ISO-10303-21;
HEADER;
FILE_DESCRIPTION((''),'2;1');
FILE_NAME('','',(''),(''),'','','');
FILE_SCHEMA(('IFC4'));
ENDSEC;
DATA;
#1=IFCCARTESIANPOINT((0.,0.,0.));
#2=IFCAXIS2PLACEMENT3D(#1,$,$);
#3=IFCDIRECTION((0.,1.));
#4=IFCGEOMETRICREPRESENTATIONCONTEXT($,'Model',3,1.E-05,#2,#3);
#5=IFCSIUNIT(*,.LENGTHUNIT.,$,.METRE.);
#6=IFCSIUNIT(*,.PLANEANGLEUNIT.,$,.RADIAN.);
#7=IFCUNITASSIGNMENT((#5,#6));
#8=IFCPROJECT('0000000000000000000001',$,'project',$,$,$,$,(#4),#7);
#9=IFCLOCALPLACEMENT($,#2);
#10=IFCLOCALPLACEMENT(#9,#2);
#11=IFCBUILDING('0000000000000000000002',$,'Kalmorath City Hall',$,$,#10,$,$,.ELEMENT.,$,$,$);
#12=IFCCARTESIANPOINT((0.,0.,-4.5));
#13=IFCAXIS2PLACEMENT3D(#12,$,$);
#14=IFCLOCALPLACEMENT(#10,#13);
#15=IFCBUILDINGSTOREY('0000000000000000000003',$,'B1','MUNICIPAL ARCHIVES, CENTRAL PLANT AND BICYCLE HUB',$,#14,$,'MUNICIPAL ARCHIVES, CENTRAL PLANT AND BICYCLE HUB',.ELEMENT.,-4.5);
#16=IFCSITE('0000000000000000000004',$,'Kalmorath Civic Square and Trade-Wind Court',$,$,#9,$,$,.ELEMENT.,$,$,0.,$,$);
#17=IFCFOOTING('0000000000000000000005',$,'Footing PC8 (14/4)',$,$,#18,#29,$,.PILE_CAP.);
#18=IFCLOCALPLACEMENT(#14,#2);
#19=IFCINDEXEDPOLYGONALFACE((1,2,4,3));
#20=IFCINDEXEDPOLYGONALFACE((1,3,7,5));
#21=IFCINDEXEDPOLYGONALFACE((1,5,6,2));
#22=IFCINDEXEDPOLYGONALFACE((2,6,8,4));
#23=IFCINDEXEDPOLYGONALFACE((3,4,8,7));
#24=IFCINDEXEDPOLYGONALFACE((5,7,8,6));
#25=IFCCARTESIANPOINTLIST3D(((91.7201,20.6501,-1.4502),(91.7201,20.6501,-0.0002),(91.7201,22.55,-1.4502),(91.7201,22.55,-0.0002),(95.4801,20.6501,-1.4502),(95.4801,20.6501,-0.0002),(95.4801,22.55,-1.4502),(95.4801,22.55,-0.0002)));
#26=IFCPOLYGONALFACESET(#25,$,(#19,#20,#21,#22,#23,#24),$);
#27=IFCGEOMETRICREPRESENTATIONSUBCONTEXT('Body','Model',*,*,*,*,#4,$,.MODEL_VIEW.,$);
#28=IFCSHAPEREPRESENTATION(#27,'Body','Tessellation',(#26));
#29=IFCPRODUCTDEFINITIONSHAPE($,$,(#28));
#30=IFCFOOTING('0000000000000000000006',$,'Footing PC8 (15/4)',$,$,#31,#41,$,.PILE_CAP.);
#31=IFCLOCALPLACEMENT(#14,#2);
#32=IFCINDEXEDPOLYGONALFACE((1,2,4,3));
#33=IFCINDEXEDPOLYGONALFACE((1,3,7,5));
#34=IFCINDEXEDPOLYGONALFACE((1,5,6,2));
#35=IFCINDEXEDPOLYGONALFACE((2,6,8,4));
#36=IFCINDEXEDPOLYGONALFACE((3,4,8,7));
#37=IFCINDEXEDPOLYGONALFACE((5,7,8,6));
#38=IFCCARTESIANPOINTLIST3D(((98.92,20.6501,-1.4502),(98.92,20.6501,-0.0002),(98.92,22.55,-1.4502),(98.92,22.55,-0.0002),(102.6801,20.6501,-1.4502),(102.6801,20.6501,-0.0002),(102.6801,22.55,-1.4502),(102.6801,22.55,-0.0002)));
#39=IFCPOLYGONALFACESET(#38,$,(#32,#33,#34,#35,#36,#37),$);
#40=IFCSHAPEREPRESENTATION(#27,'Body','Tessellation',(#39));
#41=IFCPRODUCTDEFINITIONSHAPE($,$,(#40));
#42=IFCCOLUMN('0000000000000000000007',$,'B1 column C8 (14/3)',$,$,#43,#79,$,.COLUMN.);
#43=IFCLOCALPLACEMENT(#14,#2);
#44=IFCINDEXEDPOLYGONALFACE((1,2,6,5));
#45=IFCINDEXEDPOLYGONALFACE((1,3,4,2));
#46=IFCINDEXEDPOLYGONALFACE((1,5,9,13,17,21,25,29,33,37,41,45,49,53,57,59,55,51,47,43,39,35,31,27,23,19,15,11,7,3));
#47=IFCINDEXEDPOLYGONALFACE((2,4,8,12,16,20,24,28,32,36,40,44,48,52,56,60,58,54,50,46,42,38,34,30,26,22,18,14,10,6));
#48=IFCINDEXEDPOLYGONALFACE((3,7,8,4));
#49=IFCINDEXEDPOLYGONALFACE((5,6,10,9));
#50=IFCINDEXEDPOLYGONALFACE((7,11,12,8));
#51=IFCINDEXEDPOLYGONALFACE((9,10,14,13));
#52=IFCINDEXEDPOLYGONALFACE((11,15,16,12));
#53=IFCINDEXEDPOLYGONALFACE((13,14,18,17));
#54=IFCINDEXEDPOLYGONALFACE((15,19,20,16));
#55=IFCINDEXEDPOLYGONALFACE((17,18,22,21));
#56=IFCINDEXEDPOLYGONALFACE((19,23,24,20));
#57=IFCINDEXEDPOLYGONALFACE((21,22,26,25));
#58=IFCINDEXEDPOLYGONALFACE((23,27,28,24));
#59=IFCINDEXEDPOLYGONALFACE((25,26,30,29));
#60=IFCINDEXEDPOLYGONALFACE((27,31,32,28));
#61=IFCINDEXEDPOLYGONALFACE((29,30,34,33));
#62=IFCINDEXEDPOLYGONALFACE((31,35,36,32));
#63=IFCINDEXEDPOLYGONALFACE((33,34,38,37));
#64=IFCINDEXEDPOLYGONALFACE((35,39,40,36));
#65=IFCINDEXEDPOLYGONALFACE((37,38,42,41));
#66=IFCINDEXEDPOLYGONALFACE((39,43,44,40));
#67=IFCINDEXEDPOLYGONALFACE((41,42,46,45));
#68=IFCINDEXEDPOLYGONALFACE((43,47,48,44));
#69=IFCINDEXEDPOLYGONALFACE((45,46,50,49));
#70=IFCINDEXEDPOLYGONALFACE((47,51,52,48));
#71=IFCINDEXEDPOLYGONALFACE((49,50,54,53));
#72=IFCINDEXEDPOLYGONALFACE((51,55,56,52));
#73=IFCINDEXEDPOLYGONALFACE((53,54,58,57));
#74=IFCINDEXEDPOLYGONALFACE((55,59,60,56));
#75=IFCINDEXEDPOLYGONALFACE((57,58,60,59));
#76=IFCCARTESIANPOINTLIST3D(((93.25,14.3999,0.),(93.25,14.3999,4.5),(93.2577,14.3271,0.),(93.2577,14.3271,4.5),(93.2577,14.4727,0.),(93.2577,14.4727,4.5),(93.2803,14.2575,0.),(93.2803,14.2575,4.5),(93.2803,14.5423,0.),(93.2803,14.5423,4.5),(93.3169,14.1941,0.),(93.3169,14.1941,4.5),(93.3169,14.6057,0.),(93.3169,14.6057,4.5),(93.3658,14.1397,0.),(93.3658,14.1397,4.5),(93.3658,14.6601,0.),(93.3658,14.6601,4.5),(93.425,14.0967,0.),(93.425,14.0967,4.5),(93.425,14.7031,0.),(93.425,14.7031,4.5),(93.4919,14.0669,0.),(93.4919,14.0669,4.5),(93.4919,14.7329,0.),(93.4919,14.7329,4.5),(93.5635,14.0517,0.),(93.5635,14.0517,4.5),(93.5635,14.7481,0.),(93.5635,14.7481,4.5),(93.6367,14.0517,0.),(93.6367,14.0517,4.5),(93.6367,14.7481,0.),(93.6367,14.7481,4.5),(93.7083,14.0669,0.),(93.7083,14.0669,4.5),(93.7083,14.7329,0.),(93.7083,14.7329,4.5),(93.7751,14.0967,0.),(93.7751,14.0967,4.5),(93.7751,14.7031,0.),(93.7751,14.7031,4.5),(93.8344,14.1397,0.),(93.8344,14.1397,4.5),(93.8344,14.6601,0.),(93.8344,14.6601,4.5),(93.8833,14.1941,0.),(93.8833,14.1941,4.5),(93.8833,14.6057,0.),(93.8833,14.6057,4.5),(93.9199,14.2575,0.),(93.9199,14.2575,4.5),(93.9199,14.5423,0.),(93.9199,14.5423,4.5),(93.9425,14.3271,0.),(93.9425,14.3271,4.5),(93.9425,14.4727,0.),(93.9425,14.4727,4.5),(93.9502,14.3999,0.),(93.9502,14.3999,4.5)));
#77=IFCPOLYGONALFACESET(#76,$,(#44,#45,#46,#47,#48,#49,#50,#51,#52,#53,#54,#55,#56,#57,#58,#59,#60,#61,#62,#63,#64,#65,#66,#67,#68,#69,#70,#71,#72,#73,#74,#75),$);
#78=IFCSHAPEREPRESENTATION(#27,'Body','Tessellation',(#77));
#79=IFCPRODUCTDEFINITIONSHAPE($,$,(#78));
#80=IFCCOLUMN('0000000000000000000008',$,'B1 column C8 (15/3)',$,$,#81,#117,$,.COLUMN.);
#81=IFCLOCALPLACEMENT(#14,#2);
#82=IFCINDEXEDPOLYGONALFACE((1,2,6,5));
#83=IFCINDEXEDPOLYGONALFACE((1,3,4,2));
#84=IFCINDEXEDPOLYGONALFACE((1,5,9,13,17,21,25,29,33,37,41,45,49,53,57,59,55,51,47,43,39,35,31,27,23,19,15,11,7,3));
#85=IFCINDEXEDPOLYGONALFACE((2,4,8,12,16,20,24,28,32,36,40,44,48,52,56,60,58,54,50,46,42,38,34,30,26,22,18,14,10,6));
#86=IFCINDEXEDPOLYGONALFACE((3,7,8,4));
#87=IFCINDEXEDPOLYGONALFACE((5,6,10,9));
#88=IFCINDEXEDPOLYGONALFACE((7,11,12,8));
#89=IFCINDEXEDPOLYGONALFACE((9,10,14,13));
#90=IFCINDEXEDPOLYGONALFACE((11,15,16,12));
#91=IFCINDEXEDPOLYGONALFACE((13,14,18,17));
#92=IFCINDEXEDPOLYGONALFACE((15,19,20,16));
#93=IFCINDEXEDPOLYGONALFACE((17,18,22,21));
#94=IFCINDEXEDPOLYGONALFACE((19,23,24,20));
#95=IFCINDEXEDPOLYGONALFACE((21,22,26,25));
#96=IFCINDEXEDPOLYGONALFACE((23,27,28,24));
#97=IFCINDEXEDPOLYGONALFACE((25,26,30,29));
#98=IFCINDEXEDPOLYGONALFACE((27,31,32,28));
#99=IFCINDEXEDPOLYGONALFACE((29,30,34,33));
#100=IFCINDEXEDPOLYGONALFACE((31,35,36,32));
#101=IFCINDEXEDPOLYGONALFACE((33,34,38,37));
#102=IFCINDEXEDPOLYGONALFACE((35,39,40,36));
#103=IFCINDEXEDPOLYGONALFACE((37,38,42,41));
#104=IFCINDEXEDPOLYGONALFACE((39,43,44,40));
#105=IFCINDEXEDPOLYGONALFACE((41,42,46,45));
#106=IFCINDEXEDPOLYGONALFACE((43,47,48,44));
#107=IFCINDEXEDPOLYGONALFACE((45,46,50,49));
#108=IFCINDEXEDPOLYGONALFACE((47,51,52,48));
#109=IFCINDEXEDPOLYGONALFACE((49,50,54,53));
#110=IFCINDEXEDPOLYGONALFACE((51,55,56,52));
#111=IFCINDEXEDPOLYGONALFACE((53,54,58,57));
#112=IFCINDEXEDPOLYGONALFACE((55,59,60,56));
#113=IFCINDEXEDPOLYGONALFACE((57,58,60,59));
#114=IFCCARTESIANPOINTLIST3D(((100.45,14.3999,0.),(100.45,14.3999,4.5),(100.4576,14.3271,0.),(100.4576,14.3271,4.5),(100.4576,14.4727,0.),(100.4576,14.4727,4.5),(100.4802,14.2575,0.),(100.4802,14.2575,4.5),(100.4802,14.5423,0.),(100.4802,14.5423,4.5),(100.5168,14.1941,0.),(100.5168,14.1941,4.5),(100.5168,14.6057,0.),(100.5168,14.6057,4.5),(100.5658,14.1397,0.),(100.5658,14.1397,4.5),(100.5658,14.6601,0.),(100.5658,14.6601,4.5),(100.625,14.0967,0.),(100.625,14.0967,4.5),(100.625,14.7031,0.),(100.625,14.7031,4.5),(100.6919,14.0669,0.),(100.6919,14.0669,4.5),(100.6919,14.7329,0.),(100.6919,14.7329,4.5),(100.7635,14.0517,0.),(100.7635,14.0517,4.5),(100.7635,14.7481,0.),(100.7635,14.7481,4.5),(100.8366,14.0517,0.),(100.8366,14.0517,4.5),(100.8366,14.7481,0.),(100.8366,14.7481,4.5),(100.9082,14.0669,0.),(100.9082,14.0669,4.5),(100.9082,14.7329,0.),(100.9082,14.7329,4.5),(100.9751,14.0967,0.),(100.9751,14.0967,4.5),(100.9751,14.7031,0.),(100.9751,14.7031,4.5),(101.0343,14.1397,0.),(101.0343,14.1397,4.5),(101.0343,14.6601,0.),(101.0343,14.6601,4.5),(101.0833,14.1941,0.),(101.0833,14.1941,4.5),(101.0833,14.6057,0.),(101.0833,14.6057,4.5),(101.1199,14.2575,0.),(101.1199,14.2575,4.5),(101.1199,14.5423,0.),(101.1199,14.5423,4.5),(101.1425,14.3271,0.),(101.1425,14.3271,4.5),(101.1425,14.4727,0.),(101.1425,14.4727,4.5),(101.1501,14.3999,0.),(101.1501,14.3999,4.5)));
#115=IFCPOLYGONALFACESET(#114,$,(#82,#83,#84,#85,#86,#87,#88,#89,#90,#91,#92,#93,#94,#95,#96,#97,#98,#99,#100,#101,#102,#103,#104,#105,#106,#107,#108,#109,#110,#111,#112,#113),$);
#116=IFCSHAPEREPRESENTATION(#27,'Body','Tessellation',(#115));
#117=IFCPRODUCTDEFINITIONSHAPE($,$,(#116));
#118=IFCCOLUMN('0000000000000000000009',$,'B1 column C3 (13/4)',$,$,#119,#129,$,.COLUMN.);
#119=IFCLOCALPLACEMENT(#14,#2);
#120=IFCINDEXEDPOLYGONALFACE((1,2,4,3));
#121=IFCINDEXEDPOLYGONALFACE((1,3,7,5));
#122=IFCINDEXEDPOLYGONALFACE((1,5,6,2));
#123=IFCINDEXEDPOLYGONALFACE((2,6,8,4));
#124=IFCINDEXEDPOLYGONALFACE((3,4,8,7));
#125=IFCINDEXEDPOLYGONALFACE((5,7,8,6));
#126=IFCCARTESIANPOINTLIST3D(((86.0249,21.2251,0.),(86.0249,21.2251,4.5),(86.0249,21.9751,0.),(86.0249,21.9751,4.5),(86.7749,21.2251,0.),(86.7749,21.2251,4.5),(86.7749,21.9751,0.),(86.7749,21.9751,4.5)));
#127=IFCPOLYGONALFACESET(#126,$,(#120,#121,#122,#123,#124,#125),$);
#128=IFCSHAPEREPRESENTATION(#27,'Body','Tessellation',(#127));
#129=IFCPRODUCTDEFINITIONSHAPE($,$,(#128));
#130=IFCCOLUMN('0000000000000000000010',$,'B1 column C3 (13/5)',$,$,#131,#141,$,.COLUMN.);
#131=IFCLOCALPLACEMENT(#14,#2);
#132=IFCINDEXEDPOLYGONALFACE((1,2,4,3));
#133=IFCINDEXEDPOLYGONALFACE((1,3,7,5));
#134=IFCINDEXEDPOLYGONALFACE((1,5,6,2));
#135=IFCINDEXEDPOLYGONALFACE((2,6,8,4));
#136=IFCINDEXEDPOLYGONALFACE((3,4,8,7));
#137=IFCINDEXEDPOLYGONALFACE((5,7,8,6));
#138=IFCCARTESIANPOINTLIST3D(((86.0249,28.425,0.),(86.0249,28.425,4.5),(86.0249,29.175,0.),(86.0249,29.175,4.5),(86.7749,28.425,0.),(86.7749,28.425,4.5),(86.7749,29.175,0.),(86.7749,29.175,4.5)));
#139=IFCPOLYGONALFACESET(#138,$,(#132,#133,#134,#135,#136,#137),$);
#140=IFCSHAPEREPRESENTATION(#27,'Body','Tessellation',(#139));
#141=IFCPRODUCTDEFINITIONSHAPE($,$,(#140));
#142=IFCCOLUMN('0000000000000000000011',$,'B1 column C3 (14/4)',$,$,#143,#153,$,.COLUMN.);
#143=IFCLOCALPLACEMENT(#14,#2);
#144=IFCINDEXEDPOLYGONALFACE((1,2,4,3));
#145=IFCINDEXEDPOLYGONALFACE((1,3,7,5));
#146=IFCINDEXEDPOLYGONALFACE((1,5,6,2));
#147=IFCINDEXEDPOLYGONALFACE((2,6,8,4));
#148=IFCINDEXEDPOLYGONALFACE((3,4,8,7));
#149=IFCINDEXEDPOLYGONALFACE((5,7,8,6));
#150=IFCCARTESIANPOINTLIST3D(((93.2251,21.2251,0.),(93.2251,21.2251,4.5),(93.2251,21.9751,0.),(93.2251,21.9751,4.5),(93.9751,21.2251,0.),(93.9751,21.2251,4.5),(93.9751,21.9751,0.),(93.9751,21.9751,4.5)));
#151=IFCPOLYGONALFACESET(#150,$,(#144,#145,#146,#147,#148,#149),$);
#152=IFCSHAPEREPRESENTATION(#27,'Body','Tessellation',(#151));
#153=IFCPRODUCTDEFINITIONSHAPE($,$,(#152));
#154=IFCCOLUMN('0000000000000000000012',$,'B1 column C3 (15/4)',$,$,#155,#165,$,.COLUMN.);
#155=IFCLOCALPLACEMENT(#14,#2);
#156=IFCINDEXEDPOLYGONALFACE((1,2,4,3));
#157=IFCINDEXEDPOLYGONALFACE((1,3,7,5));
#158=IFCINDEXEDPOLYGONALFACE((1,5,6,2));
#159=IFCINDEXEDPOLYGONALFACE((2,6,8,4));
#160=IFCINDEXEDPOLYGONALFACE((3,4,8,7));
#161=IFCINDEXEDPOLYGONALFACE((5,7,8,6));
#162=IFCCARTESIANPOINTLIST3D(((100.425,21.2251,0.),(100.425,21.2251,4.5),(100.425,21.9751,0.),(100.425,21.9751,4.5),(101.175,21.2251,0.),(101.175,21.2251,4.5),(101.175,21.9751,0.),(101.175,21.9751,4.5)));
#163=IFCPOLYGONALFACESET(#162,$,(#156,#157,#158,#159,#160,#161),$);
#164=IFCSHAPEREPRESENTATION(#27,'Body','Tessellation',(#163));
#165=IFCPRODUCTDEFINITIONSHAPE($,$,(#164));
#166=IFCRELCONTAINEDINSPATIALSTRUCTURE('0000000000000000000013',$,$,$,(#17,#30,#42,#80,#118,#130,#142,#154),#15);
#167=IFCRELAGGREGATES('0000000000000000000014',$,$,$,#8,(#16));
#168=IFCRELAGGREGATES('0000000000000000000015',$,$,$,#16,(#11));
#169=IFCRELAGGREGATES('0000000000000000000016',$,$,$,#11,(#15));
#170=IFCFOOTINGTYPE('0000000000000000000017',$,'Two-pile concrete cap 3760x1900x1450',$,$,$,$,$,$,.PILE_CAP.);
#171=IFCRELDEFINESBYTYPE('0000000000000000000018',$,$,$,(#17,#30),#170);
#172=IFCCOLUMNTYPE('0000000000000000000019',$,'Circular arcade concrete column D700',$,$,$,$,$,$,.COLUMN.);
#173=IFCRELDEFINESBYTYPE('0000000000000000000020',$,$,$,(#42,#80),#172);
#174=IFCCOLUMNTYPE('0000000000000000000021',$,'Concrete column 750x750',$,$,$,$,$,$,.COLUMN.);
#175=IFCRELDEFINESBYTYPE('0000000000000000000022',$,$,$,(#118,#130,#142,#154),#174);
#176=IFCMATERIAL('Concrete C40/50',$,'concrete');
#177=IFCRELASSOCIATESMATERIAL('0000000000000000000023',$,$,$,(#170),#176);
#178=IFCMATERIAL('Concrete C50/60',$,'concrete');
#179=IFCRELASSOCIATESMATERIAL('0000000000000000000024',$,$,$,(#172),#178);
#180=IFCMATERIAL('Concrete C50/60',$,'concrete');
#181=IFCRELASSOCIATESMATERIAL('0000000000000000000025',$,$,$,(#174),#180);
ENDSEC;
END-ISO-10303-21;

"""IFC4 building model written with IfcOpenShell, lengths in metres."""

from ifc_helpers import new_model, si_unit, direction, frame, origin, origin_2d, place, context, subcontext, project, spatial, rectangle, circle, extrude, material, material_profile, profile_set, type_object, element, save


model = new_model("IFC4")

# Units and contexts
model_context = context("Model", 3, precision=1e-05, world=origin(), true_north=direction((0.0, 1.0)))
body_context = subcontext(model_context, "Body", "Model", "MODEL_VIEW")
ifc_project = project(units=[si_unit("LENGTHUNIT", "METRE"), si_unit("PLANEANGLEUNIT", "RADIAN")], contexts=[model_context])

# Site, building, storey
site_placement = place(None, origin())
site = spatial("IfcSite", under=ifc_project, at=site_placement, Name="Kalmorath Civic Square and Trade-Wind Court", CompositionType="ELEMENT", RefElevation=0.0)
building_placement = place(site_placement, origin())
building = spatial("IfcBuilding", under=site, at=building_placement, Name="Kalmorath City Hall", CompositionType="ELEMENT")
storey_placement = place(building_placement, frame((0.0, 0.0, -4.5)))
storey = spatial("IfcBuildingStorey", under=building, at=storey_placement, Name="B1", Description="MUNICIPAL ARCHIVES, CENTRAL PLANT AND BICYCLE HUB", LongName="MUNICIPAL ARCHIVES, CENTRAL PLANT AND BICYCLE HUB", CompositionType="ELEMENT", Elevation=-4.5)

# Footings
ifc_material_1 = material(Name="Concrete C40/50", Category="concrete")
footing_type_1 = type_object("IfcFootingType", Name="Two-pile concrete cap 3760x1900x1450", PredefinedType="PILE_CAP", material=ifc_material_1)
for number, where, z_axis, x_axis, name in (
    (1, (93.6001, 21.6001, -1.4502), (0.0, 0.0, 1.0), (1.0, 0.0, 0.0), "Footing PC8 (14/4)"),
    (2, (100.8, 21.6001, -1.4502), (0.0, 0.0, 1.0), (1.0, 0.0, 0.0), "Footing PC8 (15/4)"),
):
    element("IfcFooting", number, at=place(storey_placement, frame(where, z_axis=z_axis, x_axis=x_axis)), inside=storey, type_object=footing_type_1, Name=name, PredefinedType="PILE_CAP", context=body_context, shape_type="SweptSolid", body=[
        extrude(rectangle(XDim=3.76, YDim=1.8999, at=origin_2d()), origin(), (0.0, 0.0, 1.0), 1.45),
    ])

# Columns
ifc_material_2 = material(Name="Concrete C50/60", Category="concrete")
ifc_material_profile_1 = material_profile(ifc_material_2, circle(Radius=0.3501, at=origin_2d()), Name="RC-COL-D700")
ifc_profile_set_1 = profile_set([ifc_material_profile_1], Name="Concrete C50/60")
column_type_1 = type_object("IfcColumnType", Name="Circular arcade concrete column D700", PredefinedType="COLUMN", material=ifc_profile_set_1)
for number, where, z_axis, x_axis, name in (
    (3, (93.6001, 14.3999, 0.0), (0.0, 0.0, 1.0), (1.0, 0.0, 0.0), "B1 column C8 (14/3)"),
    (4, (100.8, 14.3999, 0.0), (0.0, 0.0, 1.0), (1.0, 0.0, 0.0), "B1 column C8 (15/3)"),
):
    element("IfcColumn", number, at=place(storey_placement, frame(where, z_axis=z_axis, x_axis=x_axis)), inside=storey, type_object=column_type_1, Name=name, PredefinedType="COLUMN", context=body_context, shape_type="SweptSolid", body=[
        extrude(circle(Radius=0.3501, at=origin_2d()), origin(), (0.0, 0.0, 1.0), 4.5),
    ])
ifc_material_3 = material(Name="Concrete C50/60", Category="concrete")
ifc_material_profile_2 = material_profile(ifc_material_3, rectangle(XDim=0.75, YDim=0.75, at=origin_2d()), Name="RC-COL-750X750")
ifc_profile_set_2 = profile_set([ifc_material_profile_2], Name="Concrete C50/60")
column_type_2 = type_object("IfcColumnType", Name="Concrete column 750x750", PredefinedType="COLUMN", material=ifc_profile_set_2)
for number, where, z_axis, x_axis, name in (
    (5, (86.3999, 21.6001, 0.0), (0.0, 0.0, 1.0), (1.0, 0.0, 0.0), "B1 column C3 (13/4)"),
    (6, (86.3999, 28.8, 0.0), (0.0, 0.0, 1.0), (1.0, 0.0, 0.0), "B1 column C3 (13/5)"),
    (7, (93.6001, 21.6001, 0.0), (0.0, 0.0, 1.0), (1.0, 0.0, 0.0), "B1 column C3 (14/4)"),
    (8, (100.8, 21.6001, 0.0), (0.0, 0.0, 1.0), (1.0, 0.0, 0.0), "B1 column C3 (15/4)"),
):
    element("IfcColumn", number, at=place(storey_placement, frame(where, z_axis=z_axis, x_axis=x_axis)), inside=storey, type_object=column_type_2, Name=name, PredefinedType="COLUMN", context=body_context, shape_type="SweptSolid", body=[
        extrude(rectangle(XDim=0.75, YDim=0.75, at=origin_2d()), origin(), (0.0, 0.0, 1.0), 4.5),
    ])

save(model, "model.ifc")
